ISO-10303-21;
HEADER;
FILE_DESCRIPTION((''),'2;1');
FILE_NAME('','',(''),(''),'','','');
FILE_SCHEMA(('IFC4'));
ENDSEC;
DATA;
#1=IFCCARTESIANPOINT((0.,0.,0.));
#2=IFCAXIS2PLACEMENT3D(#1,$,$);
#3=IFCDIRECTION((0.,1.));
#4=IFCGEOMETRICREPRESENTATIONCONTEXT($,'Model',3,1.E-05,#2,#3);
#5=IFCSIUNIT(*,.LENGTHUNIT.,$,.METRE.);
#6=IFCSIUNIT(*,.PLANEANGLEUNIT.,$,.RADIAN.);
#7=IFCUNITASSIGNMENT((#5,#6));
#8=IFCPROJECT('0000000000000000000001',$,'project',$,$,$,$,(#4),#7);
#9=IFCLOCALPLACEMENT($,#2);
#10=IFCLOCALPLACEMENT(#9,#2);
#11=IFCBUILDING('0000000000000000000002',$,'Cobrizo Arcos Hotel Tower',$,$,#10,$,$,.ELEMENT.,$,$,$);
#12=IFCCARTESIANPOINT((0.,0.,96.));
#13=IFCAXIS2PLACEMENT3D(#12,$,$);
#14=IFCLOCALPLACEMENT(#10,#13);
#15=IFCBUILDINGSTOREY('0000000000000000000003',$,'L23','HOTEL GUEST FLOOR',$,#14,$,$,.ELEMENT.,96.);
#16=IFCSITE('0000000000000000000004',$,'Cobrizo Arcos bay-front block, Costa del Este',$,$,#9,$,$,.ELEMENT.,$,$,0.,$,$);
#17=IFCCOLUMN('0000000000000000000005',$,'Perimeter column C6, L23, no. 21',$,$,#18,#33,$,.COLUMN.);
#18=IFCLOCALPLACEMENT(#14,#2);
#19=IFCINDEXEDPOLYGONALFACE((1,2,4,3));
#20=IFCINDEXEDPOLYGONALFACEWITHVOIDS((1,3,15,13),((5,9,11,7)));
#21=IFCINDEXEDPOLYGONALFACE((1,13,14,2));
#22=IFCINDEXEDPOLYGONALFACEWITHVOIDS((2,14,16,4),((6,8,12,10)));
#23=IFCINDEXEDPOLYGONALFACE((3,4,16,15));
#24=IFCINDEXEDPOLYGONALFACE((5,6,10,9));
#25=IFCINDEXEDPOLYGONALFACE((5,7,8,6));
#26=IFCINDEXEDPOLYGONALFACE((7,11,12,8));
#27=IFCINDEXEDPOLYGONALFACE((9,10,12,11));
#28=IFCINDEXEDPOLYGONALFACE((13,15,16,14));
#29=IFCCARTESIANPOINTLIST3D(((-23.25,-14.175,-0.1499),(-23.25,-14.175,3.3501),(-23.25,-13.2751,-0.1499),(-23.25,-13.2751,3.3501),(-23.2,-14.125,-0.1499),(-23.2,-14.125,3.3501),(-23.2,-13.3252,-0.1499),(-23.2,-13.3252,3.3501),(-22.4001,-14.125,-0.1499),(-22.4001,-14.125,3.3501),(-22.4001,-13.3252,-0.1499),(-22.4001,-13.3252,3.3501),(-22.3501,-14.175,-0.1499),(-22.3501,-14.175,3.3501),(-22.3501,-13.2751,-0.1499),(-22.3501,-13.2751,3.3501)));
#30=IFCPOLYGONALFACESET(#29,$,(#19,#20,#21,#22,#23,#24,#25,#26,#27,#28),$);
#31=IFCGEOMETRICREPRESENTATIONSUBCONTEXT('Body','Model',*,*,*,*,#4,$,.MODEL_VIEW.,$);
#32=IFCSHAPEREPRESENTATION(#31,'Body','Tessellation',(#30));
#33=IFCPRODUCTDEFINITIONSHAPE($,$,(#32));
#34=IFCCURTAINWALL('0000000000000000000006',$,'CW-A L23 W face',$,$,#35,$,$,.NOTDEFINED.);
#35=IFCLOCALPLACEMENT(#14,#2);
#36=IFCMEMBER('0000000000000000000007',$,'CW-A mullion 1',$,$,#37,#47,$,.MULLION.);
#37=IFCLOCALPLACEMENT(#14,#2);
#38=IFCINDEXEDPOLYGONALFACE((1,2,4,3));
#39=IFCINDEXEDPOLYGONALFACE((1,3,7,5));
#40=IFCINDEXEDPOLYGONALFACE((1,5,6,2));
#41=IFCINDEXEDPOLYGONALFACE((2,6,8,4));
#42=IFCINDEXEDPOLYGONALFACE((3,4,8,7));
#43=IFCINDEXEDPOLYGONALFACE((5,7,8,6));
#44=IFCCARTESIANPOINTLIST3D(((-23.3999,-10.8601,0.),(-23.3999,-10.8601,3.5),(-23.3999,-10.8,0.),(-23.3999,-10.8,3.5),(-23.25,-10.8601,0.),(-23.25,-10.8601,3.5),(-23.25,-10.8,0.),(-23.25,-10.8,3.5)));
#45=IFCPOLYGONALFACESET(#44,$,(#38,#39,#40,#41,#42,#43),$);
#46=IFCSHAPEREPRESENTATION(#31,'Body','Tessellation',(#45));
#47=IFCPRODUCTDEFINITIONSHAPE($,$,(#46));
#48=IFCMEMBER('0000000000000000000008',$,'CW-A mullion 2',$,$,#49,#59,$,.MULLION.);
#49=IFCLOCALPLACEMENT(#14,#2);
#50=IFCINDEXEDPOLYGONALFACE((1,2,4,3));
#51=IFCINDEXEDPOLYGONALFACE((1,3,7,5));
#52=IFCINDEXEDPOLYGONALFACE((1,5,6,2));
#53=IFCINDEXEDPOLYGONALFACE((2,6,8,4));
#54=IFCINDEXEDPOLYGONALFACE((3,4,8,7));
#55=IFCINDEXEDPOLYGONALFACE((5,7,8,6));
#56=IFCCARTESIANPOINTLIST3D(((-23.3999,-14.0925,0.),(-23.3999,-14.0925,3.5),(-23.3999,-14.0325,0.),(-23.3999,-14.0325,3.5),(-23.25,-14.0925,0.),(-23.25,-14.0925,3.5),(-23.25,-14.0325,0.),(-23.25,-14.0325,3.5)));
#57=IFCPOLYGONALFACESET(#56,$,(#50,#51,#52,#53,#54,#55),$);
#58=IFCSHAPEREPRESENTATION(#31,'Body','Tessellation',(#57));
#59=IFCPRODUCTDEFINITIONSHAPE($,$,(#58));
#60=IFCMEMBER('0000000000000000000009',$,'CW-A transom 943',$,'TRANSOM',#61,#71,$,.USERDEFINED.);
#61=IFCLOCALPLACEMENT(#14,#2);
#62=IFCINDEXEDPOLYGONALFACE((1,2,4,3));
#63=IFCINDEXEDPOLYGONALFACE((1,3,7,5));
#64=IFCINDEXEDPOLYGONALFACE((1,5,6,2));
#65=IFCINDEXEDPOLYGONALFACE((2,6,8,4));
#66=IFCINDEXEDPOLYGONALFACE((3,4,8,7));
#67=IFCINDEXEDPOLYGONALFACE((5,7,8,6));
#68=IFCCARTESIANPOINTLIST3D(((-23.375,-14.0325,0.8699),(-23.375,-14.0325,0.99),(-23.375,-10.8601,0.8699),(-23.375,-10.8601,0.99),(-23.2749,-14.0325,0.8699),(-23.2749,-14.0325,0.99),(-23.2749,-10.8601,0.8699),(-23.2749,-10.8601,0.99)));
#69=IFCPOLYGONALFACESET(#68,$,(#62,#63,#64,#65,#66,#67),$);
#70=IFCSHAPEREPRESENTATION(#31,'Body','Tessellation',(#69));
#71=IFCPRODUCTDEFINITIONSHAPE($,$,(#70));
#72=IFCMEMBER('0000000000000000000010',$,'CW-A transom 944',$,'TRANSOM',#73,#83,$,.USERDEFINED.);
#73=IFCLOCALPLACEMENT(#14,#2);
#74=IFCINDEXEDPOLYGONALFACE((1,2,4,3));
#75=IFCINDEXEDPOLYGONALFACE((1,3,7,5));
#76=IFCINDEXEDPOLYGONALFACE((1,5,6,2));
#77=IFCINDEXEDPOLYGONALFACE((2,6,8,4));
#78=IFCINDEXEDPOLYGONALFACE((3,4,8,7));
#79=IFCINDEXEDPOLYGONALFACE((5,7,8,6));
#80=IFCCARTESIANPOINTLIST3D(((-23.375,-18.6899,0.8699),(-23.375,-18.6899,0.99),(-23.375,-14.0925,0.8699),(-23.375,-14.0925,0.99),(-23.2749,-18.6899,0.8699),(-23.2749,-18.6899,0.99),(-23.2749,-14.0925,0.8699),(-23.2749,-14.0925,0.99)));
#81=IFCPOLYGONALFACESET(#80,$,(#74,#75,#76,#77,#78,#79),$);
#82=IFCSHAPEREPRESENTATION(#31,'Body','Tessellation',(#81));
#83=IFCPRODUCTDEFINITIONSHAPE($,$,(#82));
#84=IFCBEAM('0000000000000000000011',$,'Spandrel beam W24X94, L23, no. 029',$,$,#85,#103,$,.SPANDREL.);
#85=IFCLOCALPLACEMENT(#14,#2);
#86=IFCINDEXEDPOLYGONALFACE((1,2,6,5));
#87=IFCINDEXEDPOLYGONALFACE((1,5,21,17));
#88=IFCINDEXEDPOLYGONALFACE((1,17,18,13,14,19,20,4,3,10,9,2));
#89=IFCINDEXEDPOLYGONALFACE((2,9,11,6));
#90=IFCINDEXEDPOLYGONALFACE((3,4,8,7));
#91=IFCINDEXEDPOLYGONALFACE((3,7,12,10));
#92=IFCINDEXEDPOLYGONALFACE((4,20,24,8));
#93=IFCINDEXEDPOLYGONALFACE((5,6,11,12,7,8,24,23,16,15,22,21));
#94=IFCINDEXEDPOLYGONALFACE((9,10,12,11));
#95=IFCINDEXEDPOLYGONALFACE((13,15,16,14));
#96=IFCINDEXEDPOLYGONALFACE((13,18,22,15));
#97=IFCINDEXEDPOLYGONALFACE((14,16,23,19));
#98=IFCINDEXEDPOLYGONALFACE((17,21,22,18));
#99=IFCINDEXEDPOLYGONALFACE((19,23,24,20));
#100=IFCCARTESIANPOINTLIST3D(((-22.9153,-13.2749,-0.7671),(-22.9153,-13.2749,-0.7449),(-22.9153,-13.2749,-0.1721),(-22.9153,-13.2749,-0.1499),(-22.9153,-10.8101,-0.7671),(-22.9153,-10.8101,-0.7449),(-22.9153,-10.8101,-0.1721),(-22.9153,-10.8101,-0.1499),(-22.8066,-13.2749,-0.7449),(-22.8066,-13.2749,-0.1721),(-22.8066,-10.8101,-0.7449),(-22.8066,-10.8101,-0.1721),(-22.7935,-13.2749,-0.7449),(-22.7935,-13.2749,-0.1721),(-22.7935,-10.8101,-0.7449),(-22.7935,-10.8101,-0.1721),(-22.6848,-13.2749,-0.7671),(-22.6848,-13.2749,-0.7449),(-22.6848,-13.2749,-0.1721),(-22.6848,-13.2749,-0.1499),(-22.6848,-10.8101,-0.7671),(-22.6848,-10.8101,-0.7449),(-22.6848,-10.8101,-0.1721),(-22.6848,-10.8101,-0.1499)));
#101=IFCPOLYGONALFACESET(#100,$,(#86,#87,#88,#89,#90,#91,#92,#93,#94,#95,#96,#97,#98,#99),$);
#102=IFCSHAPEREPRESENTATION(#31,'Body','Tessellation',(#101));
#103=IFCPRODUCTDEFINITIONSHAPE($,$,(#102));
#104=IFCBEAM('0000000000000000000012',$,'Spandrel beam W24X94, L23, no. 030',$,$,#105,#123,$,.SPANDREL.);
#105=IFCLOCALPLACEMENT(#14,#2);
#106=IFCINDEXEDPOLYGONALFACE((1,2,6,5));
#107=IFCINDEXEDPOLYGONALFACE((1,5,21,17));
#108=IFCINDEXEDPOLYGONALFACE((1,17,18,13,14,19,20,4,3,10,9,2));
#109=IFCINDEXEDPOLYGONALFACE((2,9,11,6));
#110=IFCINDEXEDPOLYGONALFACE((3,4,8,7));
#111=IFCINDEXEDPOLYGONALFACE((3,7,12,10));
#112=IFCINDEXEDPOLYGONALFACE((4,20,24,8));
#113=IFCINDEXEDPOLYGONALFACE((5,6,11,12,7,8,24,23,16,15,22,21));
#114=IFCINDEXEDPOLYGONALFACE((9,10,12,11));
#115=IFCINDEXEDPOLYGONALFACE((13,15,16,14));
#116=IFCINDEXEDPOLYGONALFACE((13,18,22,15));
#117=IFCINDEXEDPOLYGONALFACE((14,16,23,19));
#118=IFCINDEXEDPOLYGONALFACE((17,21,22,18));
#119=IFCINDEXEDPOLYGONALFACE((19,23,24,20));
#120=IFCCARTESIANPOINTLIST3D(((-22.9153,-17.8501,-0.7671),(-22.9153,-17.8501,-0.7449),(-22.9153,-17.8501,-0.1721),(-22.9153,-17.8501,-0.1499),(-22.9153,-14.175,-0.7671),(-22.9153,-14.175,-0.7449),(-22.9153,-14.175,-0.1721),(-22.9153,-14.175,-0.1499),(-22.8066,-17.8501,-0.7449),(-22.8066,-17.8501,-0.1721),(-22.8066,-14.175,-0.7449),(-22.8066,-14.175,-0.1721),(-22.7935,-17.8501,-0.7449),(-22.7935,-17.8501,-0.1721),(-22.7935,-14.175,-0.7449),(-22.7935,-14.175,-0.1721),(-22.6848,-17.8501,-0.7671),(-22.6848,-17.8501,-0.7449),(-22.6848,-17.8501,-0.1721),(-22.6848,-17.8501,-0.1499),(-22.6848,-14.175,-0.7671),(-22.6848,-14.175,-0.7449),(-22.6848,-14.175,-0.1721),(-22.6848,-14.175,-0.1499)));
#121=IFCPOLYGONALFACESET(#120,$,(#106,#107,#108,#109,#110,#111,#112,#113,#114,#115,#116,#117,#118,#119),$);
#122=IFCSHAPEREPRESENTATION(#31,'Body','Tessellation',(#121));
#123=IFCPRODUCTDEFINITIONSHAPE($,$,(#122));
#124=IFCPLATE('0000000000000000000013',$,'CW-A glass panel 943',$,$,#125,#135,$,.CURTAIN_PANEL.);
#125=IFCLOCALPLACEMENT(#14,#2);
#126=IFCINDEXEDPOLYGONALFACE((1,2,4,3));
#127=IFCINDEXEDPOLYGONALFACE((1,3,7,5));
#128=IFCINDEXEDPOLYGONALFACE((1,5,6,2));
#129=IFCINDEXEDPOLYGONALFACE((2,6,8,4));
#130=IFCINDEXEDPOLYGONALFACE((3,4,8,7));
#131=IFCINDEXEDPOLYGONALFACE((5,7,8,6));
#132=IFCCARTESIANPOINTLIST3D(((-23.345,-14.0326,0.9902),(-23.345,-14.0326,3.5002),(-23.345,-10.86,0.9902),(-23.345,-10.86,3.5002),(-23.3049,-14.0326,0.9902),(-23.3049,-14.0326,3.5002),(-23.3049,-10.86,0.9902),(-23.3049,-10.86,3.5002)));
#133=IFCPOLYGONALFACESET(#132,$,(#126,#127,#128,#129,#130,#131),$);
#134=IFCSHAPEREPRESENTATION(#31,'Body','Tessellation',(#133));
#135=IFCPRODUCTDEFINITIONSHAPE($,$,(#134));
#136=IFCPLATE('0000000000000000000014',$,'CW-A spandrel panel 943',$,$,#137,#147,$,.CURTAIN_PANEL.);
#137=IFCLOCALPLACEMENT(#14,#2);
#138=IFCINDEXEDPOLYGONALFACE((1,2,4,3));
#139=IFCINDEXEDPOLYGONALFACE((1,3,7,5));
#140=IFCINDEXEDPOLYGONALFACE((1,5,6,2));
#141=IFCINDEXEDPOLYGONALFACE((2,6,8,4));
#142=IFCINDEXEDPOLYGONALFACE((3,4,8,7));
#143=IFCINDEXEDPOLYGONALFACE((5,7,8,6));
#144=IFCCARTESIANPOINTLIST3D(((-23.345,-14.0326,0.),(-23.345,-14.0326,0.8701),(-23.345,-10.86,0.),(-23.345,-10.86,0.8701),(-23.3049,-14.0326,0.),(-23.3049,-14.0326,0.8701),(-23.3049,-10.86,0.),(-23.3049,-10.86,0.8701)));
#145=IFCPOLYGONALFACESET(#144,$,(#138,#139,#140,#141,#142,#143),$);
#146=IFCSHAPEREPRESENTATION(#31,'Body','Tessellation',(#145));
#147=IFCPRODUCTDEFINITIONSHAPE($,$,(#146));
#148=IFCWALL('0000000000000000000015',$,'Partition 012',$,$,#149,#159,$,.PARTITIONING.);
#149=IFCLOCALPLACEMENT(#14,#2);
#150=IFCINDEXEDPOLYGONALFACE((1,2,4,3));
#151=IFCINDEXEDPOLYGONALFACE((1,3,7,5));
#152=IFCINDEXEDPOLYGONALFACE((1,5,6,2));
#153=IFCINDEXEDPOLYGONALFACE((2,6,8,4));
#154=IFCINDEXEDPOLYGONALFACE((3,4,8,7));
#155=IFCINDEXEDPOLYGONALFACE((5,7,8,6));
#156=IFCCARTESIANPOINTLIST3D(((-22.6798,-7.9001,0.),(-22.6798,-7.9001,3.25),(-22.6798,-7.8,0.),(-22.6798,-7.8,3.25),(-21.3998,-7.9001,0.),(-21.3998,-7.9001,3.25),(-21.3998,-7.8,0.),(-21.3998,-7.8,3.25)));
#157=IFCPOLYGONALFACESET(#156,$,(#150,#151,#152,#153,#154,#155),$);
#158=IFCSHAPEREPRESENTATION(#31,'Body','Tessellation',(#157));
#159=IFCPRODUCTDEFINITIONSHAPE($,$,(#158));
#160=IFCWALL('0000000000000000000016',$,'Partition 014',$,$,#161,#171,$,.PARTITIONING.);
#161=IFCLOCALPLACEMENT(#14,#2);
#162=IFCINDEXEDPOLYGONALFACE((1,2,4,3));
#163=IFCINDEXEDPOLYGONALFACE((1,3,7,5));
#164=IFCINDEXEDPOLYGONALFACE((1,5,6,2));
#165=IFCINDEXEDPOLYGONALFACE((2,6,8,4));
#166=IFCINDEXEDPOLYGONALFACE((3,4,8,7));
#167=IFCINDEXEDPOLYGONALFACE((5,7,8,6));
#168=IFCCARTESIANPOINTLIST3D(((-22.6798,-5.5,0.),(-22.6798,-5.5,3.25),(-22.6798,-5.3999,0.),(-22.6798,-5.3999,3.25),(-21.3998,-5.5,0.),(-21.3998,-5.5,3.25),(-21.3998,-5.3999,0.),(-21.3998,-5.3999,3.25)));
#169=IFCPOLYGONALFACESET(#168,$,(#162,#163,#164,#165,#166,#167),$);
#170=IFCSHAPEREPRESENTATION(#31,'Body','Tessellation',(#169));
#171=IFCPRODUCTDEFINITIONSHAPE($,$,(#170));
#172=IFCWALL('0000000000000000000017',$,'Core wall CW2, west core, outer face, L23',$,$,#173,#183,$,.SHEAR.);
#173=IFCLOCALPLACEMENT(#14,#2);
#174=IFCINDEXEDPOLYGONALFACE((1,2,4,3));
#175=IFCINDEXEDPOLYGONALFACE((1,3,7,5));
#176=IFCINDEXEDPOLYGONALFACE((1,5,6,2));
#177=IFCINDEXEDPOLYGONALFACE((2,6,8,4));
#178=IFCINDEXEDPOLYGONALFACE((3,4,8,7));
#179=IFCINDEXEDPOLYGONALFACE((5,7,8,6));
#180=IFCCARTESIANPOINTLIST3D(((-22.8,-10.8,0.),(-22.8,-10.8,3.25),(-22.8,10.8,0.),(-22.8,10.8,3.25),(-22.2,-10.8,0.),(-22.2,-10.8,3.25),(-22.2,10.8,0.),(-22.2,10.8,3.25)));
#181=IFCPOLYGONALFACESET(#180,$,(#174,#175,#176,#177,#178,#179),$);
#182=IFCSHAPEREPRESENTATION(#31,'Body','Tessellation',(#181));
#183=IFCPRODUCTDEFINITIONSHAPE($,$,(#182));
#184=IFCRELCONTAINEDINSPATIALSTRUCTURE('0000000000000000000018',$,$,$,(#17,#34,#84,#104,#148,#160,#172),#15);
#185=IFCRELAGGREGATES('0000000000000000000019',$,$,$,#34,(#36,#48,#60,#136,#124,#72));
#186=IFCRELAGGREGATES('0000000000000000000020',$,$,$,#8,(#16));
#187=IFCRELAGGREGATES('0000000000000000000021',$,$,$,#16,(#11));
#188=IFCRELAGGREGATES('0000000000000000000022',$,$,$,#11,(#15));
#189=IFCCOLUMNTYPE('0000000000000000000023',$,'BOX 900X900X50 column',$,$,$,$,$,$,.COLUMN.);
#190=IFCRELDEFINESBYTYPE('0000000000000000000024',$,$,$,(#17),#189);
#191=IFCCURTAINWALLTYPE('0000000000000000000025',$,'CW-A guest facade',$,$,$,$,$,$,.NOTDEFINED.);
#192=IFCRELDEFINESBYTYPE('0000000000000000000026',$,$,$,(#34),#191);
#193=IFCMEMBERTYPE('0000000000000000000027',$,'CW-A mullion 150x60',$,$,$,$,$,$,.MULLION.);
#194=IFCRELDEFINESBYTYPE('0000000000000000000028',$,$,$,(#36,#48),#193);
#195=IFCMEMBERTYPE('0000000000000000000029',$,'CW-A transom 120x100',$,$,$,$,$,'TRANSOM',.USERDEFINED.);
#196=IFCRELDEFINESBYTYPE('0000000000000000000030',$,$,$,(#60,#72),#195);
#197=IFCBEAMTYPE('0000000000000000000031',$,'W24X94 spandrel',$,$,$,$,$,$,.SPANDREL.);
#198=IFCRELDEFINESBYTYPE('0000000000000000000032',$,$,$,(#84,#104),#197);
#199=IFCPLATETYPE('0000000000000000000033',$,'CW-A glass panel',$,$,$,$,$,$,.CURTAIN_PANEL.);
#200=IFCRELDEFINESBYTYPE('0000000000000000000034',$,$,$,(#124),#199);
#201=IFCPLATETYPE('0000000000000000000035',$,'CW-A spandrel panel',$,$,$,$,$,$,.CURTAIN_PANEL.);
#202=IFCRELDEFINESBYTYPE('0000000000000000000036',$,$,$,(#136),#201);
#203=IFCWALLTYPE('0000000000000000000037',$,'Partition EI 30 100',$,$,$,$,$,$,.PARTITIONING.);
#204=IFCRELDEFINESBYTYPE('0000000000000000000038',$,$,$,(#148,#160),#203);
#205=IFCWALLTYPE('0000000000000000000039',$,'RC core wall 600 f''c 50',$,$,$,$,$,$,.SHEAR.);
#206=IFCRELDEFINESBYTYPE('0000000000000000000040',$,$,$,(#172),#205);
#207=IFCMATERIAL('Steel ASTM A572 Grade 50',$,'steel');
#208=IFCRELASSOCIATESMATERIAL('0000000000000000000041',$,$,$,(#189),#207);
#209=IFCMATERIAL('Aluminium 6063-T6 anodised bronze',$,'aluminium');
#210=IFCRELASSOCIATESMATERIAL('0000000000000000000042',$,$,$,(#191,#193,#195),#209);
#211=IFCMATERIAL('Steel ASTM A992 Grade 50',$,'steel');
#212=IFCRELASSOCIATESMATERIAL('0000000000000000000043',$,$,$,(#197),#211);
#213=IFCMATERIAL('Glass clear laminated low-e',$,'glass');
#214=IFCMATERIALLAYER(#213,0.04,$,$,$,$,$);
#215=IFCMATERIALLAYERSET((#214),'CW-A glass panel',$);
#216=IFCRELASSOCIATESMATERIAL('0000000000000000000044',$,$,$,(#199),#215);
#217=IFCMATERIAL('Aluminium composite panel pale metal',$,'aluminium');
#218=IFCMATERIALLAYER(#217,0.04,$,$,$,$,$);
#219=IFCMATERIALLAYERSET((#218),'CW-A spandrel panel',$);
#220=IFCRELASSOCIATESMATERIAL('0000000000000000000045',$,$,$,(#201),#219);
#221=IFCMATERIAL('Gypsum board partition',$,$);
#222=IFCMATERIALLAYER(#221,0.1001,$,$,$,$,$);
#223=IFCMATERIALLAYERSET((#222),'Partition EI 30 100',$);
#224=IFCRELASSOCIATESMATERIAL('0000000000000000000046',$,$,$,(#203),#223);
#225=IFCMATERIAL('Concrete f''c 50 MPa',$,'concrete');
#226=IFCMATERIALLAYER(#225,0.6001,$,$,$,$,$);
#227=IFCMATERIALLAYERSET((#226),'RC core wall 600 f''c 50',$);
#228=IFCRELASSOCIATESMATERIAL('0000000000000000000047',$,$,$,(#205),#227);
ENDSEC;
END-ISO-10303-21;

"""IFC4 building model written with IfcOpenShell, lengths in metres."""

from ifc_helpers import new_model, si_unit, direction, frame, frame_2d, origin, origin_2d, place, context, subcontext, project, spatial, rectangle, hollow_rectangle, i_section, extrude, material, layer, layer_set, material_profile, profile_set, type_object, element, aggregate, save


model = new_model("IFC4")

# Units and contexts
model_context = context("Model", 3, precision=1e-05, world=origin(), true_north=direction((0.0, 1.0)))
body_context = subcontext(model_context, "Body", "Model", "MODEL_VIEW")
ifc_project = project(units=[si_unit("LENGTHUNIT", "METRE"), si_unit("PLANEANGLEUNIT", "RADIAN")], contexts=[model_context])

# Site, building, storey
site_placement = place(None, origin())
site = spatial("IfcSite", under=ifc_project, at=site_placement, Name="Cobrizo Arcos bay-front block, Costa del Este", CompositionType="ELEMENT", RefElevation=0.0)
building_placement = place(site_placement, origin())
building = spatial("IfcBuilding", under=site, at=building_placement, Name="Cobrizo Arcos Hotel Tower", CompositionType="ELEMENT")
storey_placement = place(building_placement, frame((0.0, 0.0, 96.0)))
storey = spatial("IfcBuildingStorey", under=building, at=storey_placement, Name="L23", Description="HOTEL GUEST FLOOR", CompositionType="ELEMENT", Elevation=96.0)

# Column
ifc_material_1 = material(Name="Steel ASTM A572 Grade 50", Category="steel")
ifc_material_profile_1 = material_profile(ifc_material_1, hollow_rectangle(XDim=0.8999, YDim=0.8999, WallThickness=0.05, at=origin_2d()), Name="BOX 900X900X50")
ifc_profile_set_1 = profile_set([ifc_material_profile_1], Name="Steel ASTM A572 Grade 50")
column_type = type_object("IfcColumnType", Name="BOX 900X900X50 column", PredefinedType="COLUMN", material=ifc_profile_set_1)
column_placement = place(storey_placement, frame((-22.8, -13.7251, -0.1499), z_axis=(0.0, 0.0, 1.0), x_axis=(1.0, 0.0, 0.0)))
element("IfcColumn", 1, at=column_placement, inside=storey, type_object=column_type, Name="Perimeter column C6, L23, no. 21", PredefinedType="COLUMN", context=body_context, shape_type="SweptSolid", body=[
    extrude(hollow_rectangle(XDim=0.8999, YDim=0.8999, WallThickness=0.05, at=origin_2d()), origin(), (0.0, 0.0, 1.0), 3.5),
])

# Curtain wall, members
ifc_material_2 = material(Name="Aluminium 6063-T6 anodised bronze", Category="aluminium")
curtain_wall_type = type_object("IfcCurtainWallType", Name="CW-A guest facade", PredefinedType="NOTDEFINED", material=ifc_material_2)
curtain_wall_placement = place(storey_placement, origin())
curtain_wall = element("IfcCurtainWall", 2, at=curtain_wall_placement, inside=storey, type_object=curtain_wall_type, Name="CW-A L23 W face", PredefinedType="NOTDEFINED")
ifc_material_profile_2 = material_profile(ifc_material_2, rectangle(XDim=0.1499, YDim=0.0601, at=origin_2d()), Name="CW-A mullion 150x60")
ifc_profile_set_2 = profile_set([ifc_material_profile_2], Name="Aluminium 6063-T6 anodised bronze")
member_type_1 = type_object("IfcMemberType", Name="CW-A mullion 150x60", PredefinedType="MULLION", material=ifc_profile_set_2)
member_1_placement = place(storey_placement, frame((-23.325, -10.8301, 0.0), z_axis=(0.0, 0.0, 1.0), x_axis=(-1.0, 0.0, 0.0)))
member_1 = element("IfcMember", 3, at=member_1_placement, type_object=member_type_1, Name="CW-A mullion 1", PredefinedType="MULLION", context=body_context, shape_type="SweptSolid", body=[
    extrude(rectangle(XDim=0.1499, YDim=0.0601, at=origin_2d()), origin(), (0.0, 0.0, 1.0), 3.5),
])
member_2_placement = place(storey_placement, frame((-23.325, -14.0625, 0.0), z_axis=(0.0, 0.0, 1.0), x_axis=(-1.0, 0.0, 0.0)))
member_2 = element("IfcMember", 4, at=member_2_placement, type_object=member_type_1, Name="CW-A mullion 2", PredefinedType="MULLION", context=body_context, shape_type="SweptSolid", body=[
    extrude(rectangle(XDim=0.1499, YDim=0.0601, at=origin_2d()), origin(), (0.0, 0.0, 1.0), 3.5),
])
ifc_material_profile_3 = material_profile(ifc_material_2, rectangle(XDim=0.1001, YDim=0.1201, at=origin_2d()), Name="CW-A transom 120x100")
ifc_profile_set_3 = profile_set([ifc_material_profile_3], Name="Aluminium 6063-T6 anodised bronze")
member_type_2 = type_object("IfcMemberType", Name="CW-A transom 120x100", ElementType="TRANSOM", PredefinedType="USERDEFINED", material=ifc_profile_set_3)
member_3_placement = place(storey_placement, frame((-23.325, -10.8601, 0.9299), z_axis=(0.0, -1.0, 0.0), x_axis=(1.0, 0.0, 0.0)))
member_3 = element("IfcMember", 5, at=member_3_placement, type_object=member_type_2, Name="CW-A transom 943", ObjectType="TRANSOM", PredefinedType="USERDEFINED", context=body_context, shape_type="SweptSolid", body=[
    extrude(rectangle(XDim=0.1001, YDim=0.1201, at=origin_2d()), origin(), (0.0, 0.0, 1.0), 3.1724),
])
member_4_placement = place(storey_placement, frame((-23.325, -14.0925, 0.9299), z_axis=(0.0, -1.0, 0.0), x_axis=(1.0, 0.0, 0.0)))
member_4 = element("IfcMember", 6, at=member_4_placement, type_object=member_type_2, Name="CW-A transom 944", ObjectType="TRANSOM", PredefinedType="USERDEFINED", context=body_context, shape_type="SweptSolid", body=[
    extrude(rectangle(XDim=0.1001, YDim=0.1201, at=origin_2d()), origin(), (0.0, 0.0, 1.0), 4.5974),
])

# Beams
ifc_material_3 = material(Name="Steel ASTM A992 Grade 50", Category="steel")
ifc_material_profile_4 = material_profile(ifc_material_3, i_section(OverallWidth=0.2305, OverallDepth=0.6172, WebThickness=0.0132, FlangeThickness=0.0222, at=origin_2d()), Name="W24X94")
ifc_profile_set_4 = profile_set([ifc_material_profile_4], Name="Steel ASTM A992 Grade 50")
beam_type = type_object("IfcBeamType", Name="W24X94 spandrel", PredefinedType="SPANDREL", material=ifc_profile_set_4)
beam_1_placement = place(storey_placement, frame((-22.8, -10.8101, -0.4585), z_axis=(0.0, -1.0, 0.0), x_axis=(1.0, 0.0, 0.0)))
element("IfcBeam", 7, at=beam_1_placement, inside=storey, type_object=beam_type, Name="Spandrel beam W24X94, L23, no. 029", PredefinedType="SPANDREL", context=body_context, shape_type="SweptSolid", body=[
    extrude(i_section(OverallWidth=0.2305, OverallDepth=0.6172, WebThickness=0.0132, FlangeThickness=0.0222, at=origin_2d()), origin(), (0.0, 0.0, 1.0), 2.4648),
])
beam_2_placement = place(storey_placement, frame((-22.8, -14.175, -0.4585), z_axis=(0.0, -1.0, 0.0), x_axis=(1.0, 0.0, 0.0)))
element("IfcBeam", 8, at=beam_2_placement, inside=storey, type_object=beam_type, Name="Spandrel beam W24X94, L23, no. 030", PredefinedType="SPANDREL", context=body_context, shape_type="SweptSolid", body=[
    extrude(i_section(OverallWidth=0.2305, OverallDepth=0.6172, WebThickness=0.0132, FlangeThickness=0.0222, at=origin_2d()), origin(), (0.0, 0.0, 1.0), 3.675),
])

# Plates
ifc_material_4 = material(Name="Glass clear laminated low-e", Category="glass")
ifc_layer_1 = layer(ifc_material_4, 0.04)
ifc_layer_set_1 = layer_set([ifc_layer_1], Name="CW-A glass panel")
plate_type_1 = type_object("IfcPlateType", Name="CW-A glass panel", PredefinedType="CURTAIN_PANEL", material=ifc_layer_set_1)
plate_1_placement = place(storey_placement, frame((-23.325, -12.4463, 0.9902), z_axis=(0.0, 0.0, 1.0), x_axis=(0.0, -1.0, 0.0)))
plate_1 = element("IfcPlate", 9, at=plate_1_placement, type_object=plate_type_1, Name="CW-A glass panel 943", PredefinedType="CURTAIN_PANEL", context=body_context, shape_type="SweptSolid", body=[
    extrude(rectangle(XDim=3.1726, YDim=0.04, at=origin_2d()), origin(), (0.0, 0.0, 1.0), 2.51),
])
ifc_material_5 = material(Name="Aluminium composite panel pale metal", Category="aluminium")
ifc_layer_2 = layer(ifc_material_5, 0.04)
ifc_layer_set_2 = layer_set([ifc_layer_2], Name="CW-A spandrel panel")
plate_type_2 = type_object("IfcPlateType", Name="CW-A spandrel panel", PredefinedType="CURTAIN_PANEL", material=ifc_layer_set_2)
plate_2_placement = place(storey_placement, frame((-23.325, -12.4463, 0.0), z_axis=(0.0, 0.0, 1.0), x_axis=(0.0, -1.0, 0.0)))
plate_2 = element("IfcPlate", 10, at=plate_2_placement, type_object=plate_type_2, Name="CW-A spandrel panel 943", PredefinedType="CURTAIN_PANEL", context=body_context, shape_type="SweptSolid", body=[
    extrude(rectangle(XDim=3.1726, YDim=0.04, at=origin_2d()), origin(), (0.0, 0.0, 1.0), 0.8701),
])
aggregate(curtain_wall, [member_1, member_2, member_3, plate_2, plate_1, member_4])

# Walls
ifc_material_6 = material(Name="Gypsum board partition")
ifc_layer_3 = layer(ifc_material_6, 0.1001)
ifc_layer_set_3 = layer_set([ifc_layer_3], Name="Partition EI 30 100")
wall_type_1 = type_object("IfcWallType", Name="Partition EI 30 100", PredefinedType="PARTITIONING", material=ifc_layer_set_3)
for number, where, z_axis, x_axis, name in (
    (11, (-22.6799, -7.8501, 0.0), (0.0, 0.0, 1.0), (1.0, 0.0, 0.0), "Partition 012"),
    (12, (-22.6799, -5.45, 0.0), (0.0, 0.0, 1.0), (1.0, 0.0, 0.0), "Partition 014"),
):
    element("IfcWall", number, at=place(storey_placement, frame(where, z_axis=z_axis, x_axis=x_axis)), inside=storey, type_object=wall_type_1, Name=name, PredefinedType="PARTITIONING", context=body_context, shape_type="SweptSolid", body=[
        extrude(rectangle(XDim=1.28, YDim=0.1001, at=frame_2d((0.6401, 0.0))), origin(), (0.0, 0.0, 1.0), 3.25),
    ])
ifc_material_7 = material(Name="Concrete f'c 50 MPa", Category="concrete")
ifc_layer_4 = layer(ifc_material_7, 0.6001)
ifc_layer_set_4 = layer_set([ifc_layer_4], Name="RC core wall 600 f'c 50")
wall_type_2 = type_object("IfcWallType", Name="RC core wall 600 f'c 50", PredefinedType="SHEAR", material=ifc_layer_set_4)
wall_1_placement = place(storey_placement, frame((-22.5, -10.8, 0.0), z_axis=(0.0, 0.0, 1.0), x_axis=(0.0, 1.0, 0.0)))
element("IfcWall", 13, at=wall_1_placement, inside=storey, type_object=wall_type_2, Name="Core wall CW2, west core, outer face, L23", PredefinedType="SHEAR", context=body_context, shape_type="SweptSolid", body=[
    extrude(rectangle(XDim=21.6001, YDim=0.6001, at=frame_2d((10.8, 0.0))), origin(), (0.0, 0.0, 1.0), 3.25),
])

save(model, "model.ifc")
